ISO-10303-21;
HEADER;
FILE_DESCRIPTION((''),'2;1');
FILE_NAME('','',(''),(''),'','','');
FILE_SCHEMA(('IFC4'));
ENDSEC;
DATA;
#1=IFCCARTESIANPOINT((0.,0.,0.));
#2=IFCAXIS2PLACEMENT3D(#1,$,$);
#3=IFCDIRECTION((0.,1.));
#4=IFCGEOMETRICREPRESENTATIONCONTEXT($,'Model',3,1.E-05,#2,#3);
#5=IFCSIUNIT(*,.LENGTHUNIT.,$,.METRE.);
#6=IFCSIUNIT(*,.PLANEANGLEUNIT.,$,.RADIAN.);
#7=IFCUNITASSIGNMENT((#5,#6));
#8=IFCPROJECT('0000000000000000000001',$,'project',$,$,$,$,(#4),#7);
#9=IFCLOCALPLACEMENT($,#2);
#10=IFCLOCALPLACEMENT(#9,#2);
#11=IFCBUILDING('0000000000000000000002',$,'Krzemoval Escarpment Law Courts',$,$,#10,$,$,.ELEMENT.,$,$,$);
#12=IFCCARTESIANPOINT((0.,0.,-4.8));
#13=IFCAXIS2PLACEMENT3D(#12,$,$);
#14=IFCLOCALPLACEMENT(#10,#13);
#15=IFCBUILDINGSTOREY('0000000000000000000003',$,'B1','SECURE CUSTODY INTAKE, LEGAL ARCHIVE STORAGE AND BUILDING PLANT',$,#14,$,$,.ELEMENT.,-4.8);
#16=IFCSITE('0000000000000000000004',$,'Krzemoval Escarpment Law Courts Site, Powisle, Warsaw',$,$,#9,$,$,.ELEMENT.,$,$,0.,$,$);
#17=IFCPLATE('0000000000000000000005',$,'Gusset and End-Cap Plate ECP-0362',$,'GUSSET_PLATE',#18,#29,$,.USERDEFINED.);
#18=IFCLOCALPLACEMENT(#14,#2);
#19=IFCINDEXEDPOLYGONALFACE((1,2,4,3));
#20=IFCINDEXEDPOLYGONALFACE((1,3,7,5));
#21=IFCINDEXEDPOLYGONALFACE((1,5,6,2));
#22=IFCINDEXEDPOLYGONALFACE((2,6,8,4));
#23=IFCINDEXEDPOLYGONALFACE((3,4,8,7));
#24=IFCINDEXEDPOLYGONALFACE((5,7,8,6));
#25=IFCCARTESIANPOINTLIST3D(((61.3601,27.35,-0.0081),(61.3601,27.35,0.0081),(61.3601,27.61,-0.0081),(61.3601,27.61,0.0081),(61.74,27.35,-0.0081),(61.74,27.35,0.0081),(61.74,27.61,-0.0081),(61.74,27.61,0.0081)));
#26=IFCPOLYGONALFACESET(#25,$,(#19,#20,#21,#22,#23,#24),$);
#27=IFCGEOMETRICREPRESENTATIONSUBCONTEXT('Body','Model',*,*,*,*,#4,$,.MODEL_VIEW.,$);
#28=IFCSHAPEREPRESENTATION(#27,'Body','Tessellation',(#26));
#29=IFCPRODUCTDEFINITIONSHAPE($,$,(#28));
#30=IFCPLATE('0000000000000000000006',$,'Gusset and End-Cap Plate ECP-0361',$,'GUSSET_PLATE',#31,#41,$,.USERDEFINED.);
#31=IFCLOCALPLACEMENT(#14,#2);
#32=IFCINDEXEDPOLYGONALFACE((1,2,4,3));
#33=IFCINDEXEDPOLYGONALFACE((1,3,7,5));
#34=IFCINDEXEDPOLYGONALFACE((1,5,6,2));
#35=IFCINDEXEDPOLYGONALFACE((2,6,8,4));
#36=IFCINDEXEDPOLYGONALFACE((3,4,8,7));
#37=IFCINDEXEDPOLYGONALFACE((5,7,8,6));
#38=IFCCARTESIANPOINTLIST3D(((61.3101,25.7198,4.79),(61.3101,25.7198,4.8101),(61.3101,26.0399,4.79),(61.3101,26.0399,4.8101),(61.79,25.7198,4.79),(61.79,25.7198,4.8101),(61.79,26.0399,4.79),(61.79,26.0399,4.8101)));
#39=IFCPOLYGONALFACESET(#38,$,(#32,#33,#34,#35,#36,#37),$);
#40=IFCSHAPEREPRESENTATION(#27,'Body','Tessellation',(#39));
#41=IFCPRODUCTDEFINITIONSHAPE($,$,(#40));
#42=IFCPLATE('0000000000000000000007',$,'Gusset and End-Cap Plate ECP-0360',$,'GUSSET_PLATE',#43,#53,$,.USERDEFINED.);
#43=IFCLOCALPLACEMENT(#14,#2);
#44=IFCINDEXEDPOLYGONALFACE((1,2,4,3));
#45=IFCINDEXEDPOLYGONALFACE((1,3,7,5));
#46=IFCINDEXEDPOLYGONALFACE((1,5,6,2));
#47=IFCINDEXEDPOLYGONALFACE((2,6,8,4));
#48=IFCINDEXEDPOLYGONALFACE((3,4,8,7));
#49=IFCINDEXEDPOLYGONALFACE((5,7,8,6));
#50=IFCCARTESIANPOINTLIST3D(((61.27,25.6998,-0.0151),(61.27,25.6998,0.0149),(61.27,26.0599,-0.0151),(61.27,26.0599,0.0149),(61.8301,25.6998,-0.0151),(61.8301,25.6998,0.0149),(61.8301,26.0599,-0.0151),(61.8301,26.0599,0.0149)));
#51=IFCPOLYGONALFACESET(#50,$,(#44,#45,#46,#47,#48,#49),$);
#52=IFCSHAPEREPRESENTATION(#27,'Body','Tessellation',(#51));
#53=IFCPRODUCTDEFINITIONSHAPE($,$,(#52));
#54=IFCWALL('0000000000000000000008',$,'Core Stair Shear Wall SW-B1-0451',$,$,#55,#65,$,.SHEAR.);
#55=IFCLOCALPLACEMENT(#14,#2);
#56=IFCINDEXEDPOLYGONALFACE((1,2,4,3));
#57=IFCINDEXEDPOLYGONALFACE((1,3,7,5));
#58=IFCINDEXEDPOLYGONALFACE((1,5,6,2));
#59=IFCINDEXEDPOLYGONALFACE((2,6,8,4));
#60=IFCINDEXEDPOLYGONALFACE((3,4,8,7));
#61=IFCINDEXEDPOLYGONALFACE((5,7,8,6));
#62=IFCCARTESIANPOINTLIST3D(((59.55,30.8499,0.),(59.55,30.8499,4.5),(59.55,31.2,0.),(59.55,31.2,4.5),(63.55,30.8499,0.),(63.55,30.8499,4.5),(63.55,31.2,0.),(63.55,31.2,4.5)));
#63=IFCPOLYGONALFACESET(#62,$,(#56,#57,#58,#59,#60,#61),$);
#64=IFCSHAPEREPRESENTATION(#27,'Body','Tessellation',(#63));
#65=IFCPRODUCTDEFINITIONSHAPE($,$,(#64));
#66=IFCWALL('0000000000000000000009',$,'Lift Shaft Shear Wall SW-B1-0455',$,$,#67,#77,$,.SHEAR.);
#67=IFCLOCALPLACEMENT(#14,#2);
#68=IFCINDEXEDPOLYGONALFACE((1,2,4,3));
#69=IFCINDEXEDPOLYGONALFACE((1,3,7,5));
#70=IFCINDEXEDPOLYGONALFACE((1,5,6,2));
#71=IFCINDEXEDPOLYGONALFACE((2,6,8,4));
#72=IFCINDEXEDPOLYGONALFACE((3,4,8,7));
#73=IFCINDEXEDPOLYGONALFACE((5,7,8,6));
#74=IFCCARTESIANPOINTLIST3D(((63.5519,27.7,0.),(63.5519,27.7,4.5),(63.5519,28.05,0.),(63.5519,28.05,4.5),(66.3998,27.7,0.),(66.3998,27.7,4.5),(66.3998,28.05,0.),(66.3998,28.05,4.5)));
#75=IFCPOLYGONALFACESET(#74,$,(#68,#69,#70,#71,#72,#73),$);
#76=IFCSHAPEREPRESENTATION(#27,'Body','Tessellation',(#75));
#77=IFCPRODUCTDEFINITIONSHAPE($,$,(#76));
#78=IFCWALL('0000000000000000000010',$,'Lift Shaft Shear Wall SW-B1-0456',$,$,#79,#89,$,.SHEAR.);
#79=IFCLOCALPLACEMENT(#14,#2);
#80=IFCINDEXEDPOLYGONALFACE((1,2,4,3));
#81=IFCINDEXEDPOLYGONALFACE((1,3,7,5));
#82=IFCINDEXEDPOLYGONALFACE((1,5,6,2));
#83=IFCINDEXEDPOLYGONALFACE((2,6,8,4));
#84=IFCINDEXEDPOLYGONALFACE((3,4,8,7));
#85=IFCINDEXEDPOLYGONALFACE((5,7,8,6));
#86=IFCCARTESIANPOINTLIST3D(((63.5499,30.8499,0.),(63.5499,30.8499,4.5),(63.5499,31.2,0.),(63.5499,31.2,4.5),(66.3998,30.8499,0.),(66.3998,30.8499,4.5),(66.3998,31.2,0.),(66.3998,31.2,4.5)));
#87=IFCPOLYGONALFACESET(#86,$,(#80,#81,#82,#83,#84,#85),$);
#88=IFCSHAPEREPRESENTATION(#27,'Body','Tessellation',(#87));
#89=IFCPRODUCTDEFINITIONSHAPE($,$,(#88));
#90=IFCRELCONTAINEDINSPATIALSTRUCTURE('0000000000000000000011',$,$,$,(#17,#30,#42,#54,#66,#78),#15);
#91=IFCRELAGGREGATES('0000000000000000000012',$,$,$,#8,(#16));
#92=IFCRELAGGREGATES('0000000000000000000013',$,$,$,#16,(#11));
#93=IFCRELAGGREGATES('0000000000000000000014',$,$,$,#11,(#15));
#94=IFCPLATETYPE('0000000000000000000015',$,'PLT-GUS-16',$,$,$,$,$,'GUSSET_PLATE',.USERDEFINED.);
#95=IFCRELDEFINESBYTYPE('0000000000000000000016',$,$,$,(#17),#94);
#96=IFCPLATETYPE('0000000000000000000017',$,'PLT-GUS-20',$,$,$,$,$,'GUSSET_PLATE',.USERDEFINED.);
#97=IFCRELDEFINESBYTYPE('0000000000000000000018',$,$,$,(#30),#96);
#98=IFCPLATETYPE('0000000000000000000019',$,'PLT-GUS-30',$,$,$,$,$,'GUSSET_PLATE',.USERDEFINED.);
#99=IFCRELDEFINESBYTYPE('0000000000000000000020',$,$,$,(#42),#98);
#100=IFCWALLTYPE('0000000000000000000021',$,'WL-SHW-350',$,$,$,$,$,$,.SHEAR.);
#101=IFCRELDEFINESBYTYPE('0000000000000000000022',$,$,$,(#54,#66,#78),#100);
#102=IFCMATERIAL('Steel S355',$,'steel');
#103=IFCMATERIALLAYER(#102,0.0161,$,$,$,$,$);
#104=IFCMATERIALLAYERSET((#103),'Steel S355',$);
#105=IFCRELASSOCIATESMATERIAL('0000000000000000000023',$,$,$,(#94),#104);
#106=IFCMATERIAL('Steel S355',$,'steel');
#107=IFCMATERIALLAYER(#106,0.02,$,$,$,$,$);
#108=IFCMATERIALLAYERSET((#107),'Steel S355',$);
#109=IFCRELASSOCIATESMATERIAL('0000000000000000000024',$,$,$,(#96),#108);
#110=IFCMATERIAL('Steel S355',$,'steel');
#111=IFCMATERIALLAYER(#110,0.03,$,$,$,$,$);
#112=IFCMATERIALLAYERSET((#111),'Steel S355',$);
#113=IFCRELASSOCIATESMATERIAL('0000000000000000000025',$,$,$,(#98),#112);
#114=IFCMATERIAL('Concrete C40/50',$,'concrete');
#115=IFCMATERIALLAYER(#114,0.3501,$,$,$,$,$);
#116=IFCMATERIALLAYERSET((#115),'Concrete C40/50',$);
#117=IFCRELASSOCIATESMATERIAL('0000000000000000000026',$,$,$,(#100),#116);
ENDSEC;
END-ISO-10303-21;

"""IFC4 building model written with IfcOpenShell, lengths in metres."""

from ifc_helpers import new_model, si_unit, direction, frame, frame_2d, origin, origin_2d, place, context, subcontext, project, spatial, rectangle, extrude, material, layer, layer_set, type_object, element, save


model = new_model("IFC4")

# Units and contexts
model_context = context("Model", 3, precision=1e-05, world=origin(), true_north=direction((0.0, 1.0)))
body_context = subcontext(model_context, "Body", "Model", "MODEL_VIEW")
ifc_project = project(units=[si_unit("LENGTHUNIT", "METRE"), si_unit("PLANEANGLEUNIT", "RADIAN")], contexts=[model_context])

# Site, building, storey
site_placement = place(None, origin())
site = spatial("IfcSite", under=ifc_project, at=site_placement, Name="Krzemoval Escarpment Law Courts Site, Powisle, Warsaw", CompositionType="ELEMENT", RefElevation=0.0)
building_placement = place(site_placement, origin())
building = spatial("IfcBuilding", under=site, at=building_placement, Name="Krzemoval Escarpment Law Courts", CompositionType="ELEMENT")
storey_placement = place(building_placement, frame((0.0, 0.0, -4.8)))
storey = spatial("IfcBuildingStorey", under=building, at=storey_placement, Name="B1", Description="SECURE CUSTODY INTAKE, LEGAL ARCHIVE STORAGE AND BUILDING PLANT", CompositionType="ELEMENT", Elevation=-4.8)

# Plates
ifc_material_1 = material(Name="Steel S355", Category="steel")
ifc_layer_1 = layer(ifc_material_1, 0.0161)
ifc_layer_set_1 = layer_set([ifc_layer_1], Name="Steel S355")
plate_type_1 = type_object("IfcPlateType", Name="PLT-GUS-16", ElementType="GUSSET_PLATE", PredefinedType="USERDEFINED", material=ifc_layer_set_1)
plate_1_placement = place(storey_placement, frame((61.55, 27.48, -0.0081), z_axis=(0.0, 0.0, 1.0), x_axis=(1.0, 0.0, 0.0)))
element("IfcPlate", 1, at=plate_1_placement, inside=storey, type_object=plate_type_1, Name="Gusset and End-Cap Plate ECP-0362", ObjectType="GUSSET_PLATE", PredefinedType="USERDEFINED", context=body_context, shape_type="SweptSolid", body=[
    extrude(rectangle(XDim=0.3799, YDim=0.26, at=origin_2d()), origin(), (0.0, 0.0, 1.0), 0.0161),
])
ifc_material_2 = material(Name="Steel S355", Category="steel")
ifc_layer_2 = layer(ifc_material_2, 0.02)
ifc_layer_set_2 = layer_set([ifc_layer_2], Name="Steel S355")
plate_type_2 = type_object("IfcPlateType", Name="PLT-GUS-20", ElementType="GUSSET_PLATE", PredefinedType="USERDEFINED", material=ifc_layer_set_2)
plate_2_placement = place(storey_placement, frame((61.55, 25.8799, 4.79), z_axis=(0.0, 0.0, 1.0), x_axis=(1.0, 0.0, 0.0)))
element("IfcPlate", 2, at=plate_2_placement, inside=storey, type_object=plate_type_2, Name="Gusset and End-Cap Plate ECP-0361", ObjectType="GUSSET_PLATE", PredefinedType="USERDEFINED", context=body_context, shape_type="SweptSolid", body=[
    extrude(rectangle(XDim=0.48, YDim=0.3201, at=origin_2d()), origin(), (0.0, 0.0, 1.0), 0.02),
])
ifc_material_3 = material(Name="Steel S355", Category="steel")
ifc_layer_3 = layer(ifc_material_3, 0.03)
ifc_layer_set_3 = layer_set([ifc_layer_3], Name="Steel S355")
plate_type_3 = type_object("IfcPlateType", Name="PLT-GUS-30", ElementType="GUSSET_PLATE", PredefinedType="USERDEFINED", material=ifc_layer_set_3)
plate_3_placement = place(storey_placement, frame((61.55, 25.8799, -0.0151), z_axis=(0.0, 0.0, 1.0), x_axis=(1.0, 0.0, 0.0)))
element("IfcPlate", 3, at=plate_3_placement, inside=storey, type_object=plate_type_3, Name="Gusset and End-Cap Plate ECP-0360", ObjectType="GUSSET_PLATE", PredefinedType="USERDEFINED", context=body_context, shape_type="SweptSolid", body=[
    extrude(rectangle(XDim=0.5601, YDim=0.3601, at=origin_2d()), origin(), (0.0, 0.0, 1.0), 0.03),
])

# Walls
ifc_material_4 = material(Name="Concrete C40/50", Category="concrete")
ifc_layer_4 = layer(ifc_material_4, 0.3501)
ifc_layer_set_4 = layer_set([ifc_layer_4], Name="Concrete C40/50")
wall_type = type_object("IfcWallType", Name="WL-SHW-350", PredefinedType="SHEAR", material=ifc_layer_set_4)
wall_1_placement = place(storey_placement, frame((59.55, 31.0249, 0.0), z_axis=(0.0, 0.0, 1.0), x_axis=(1.0, 0.0, 0.0)))
element("IfcWall", 4, at=wall_1_placement, inside=storey, type_object=wall_type, Name="Core Stair Shear Wall SW-B1-0451", PredefinedType="SHEAR", context=body_context, shape_type="SweptSolid", body=[
    extrude(rectangle(XDim=4.0, YDim=0.3501, at=frame_2d((2.0, 0.0))), origin(), (0.0, 0.0, 1.0), 4.5),
])
wall_2_placement = place(storey_placement, frame((63.552, 27.875, 0.0), z_axis=(0.0, 0.0, 1.0), x_axis=(1.0, 0.0, 0.0)))
element("IfcWall", 5, at=wall_2_placement, inside=storey, type_object=wall_type, Name="Lift Shaft Shear Wall SW-B1-0455", PredefinedType="SHEAR", context=body_context, shape_type="SweptSolid", body=[
    extrude(rectangle(XDim=2.8479, YDim=0.3501, at=frame_2d((1.4238, 0.0))), origin(), (0.0, 0.0, 1.0), 4.5),
])
wall_3_placement = place(storey_placement, frame((63.55, 31.0249, 0.0), z_axis=(0.0, 0.0, 1.0), x_axis=(1.0, 0.0, 0.0)))
element("IfcWall", 6, at=wall_3_placement, inside=storey, type_object=wall_type, Name="Lift Shaft Shear Wall SW-B1-0456", PredefinedType="SHEAR", context=body_context, shape_type="SweptSolid", body=[
    extrude(rectangle(XDim=2.8499, YDim=0.3501, at=frame_2d((1.4248, 0.0))), origin(), (0.0, 0.0, 1.0), 4.5),
])

save(model, "model.ifc")
